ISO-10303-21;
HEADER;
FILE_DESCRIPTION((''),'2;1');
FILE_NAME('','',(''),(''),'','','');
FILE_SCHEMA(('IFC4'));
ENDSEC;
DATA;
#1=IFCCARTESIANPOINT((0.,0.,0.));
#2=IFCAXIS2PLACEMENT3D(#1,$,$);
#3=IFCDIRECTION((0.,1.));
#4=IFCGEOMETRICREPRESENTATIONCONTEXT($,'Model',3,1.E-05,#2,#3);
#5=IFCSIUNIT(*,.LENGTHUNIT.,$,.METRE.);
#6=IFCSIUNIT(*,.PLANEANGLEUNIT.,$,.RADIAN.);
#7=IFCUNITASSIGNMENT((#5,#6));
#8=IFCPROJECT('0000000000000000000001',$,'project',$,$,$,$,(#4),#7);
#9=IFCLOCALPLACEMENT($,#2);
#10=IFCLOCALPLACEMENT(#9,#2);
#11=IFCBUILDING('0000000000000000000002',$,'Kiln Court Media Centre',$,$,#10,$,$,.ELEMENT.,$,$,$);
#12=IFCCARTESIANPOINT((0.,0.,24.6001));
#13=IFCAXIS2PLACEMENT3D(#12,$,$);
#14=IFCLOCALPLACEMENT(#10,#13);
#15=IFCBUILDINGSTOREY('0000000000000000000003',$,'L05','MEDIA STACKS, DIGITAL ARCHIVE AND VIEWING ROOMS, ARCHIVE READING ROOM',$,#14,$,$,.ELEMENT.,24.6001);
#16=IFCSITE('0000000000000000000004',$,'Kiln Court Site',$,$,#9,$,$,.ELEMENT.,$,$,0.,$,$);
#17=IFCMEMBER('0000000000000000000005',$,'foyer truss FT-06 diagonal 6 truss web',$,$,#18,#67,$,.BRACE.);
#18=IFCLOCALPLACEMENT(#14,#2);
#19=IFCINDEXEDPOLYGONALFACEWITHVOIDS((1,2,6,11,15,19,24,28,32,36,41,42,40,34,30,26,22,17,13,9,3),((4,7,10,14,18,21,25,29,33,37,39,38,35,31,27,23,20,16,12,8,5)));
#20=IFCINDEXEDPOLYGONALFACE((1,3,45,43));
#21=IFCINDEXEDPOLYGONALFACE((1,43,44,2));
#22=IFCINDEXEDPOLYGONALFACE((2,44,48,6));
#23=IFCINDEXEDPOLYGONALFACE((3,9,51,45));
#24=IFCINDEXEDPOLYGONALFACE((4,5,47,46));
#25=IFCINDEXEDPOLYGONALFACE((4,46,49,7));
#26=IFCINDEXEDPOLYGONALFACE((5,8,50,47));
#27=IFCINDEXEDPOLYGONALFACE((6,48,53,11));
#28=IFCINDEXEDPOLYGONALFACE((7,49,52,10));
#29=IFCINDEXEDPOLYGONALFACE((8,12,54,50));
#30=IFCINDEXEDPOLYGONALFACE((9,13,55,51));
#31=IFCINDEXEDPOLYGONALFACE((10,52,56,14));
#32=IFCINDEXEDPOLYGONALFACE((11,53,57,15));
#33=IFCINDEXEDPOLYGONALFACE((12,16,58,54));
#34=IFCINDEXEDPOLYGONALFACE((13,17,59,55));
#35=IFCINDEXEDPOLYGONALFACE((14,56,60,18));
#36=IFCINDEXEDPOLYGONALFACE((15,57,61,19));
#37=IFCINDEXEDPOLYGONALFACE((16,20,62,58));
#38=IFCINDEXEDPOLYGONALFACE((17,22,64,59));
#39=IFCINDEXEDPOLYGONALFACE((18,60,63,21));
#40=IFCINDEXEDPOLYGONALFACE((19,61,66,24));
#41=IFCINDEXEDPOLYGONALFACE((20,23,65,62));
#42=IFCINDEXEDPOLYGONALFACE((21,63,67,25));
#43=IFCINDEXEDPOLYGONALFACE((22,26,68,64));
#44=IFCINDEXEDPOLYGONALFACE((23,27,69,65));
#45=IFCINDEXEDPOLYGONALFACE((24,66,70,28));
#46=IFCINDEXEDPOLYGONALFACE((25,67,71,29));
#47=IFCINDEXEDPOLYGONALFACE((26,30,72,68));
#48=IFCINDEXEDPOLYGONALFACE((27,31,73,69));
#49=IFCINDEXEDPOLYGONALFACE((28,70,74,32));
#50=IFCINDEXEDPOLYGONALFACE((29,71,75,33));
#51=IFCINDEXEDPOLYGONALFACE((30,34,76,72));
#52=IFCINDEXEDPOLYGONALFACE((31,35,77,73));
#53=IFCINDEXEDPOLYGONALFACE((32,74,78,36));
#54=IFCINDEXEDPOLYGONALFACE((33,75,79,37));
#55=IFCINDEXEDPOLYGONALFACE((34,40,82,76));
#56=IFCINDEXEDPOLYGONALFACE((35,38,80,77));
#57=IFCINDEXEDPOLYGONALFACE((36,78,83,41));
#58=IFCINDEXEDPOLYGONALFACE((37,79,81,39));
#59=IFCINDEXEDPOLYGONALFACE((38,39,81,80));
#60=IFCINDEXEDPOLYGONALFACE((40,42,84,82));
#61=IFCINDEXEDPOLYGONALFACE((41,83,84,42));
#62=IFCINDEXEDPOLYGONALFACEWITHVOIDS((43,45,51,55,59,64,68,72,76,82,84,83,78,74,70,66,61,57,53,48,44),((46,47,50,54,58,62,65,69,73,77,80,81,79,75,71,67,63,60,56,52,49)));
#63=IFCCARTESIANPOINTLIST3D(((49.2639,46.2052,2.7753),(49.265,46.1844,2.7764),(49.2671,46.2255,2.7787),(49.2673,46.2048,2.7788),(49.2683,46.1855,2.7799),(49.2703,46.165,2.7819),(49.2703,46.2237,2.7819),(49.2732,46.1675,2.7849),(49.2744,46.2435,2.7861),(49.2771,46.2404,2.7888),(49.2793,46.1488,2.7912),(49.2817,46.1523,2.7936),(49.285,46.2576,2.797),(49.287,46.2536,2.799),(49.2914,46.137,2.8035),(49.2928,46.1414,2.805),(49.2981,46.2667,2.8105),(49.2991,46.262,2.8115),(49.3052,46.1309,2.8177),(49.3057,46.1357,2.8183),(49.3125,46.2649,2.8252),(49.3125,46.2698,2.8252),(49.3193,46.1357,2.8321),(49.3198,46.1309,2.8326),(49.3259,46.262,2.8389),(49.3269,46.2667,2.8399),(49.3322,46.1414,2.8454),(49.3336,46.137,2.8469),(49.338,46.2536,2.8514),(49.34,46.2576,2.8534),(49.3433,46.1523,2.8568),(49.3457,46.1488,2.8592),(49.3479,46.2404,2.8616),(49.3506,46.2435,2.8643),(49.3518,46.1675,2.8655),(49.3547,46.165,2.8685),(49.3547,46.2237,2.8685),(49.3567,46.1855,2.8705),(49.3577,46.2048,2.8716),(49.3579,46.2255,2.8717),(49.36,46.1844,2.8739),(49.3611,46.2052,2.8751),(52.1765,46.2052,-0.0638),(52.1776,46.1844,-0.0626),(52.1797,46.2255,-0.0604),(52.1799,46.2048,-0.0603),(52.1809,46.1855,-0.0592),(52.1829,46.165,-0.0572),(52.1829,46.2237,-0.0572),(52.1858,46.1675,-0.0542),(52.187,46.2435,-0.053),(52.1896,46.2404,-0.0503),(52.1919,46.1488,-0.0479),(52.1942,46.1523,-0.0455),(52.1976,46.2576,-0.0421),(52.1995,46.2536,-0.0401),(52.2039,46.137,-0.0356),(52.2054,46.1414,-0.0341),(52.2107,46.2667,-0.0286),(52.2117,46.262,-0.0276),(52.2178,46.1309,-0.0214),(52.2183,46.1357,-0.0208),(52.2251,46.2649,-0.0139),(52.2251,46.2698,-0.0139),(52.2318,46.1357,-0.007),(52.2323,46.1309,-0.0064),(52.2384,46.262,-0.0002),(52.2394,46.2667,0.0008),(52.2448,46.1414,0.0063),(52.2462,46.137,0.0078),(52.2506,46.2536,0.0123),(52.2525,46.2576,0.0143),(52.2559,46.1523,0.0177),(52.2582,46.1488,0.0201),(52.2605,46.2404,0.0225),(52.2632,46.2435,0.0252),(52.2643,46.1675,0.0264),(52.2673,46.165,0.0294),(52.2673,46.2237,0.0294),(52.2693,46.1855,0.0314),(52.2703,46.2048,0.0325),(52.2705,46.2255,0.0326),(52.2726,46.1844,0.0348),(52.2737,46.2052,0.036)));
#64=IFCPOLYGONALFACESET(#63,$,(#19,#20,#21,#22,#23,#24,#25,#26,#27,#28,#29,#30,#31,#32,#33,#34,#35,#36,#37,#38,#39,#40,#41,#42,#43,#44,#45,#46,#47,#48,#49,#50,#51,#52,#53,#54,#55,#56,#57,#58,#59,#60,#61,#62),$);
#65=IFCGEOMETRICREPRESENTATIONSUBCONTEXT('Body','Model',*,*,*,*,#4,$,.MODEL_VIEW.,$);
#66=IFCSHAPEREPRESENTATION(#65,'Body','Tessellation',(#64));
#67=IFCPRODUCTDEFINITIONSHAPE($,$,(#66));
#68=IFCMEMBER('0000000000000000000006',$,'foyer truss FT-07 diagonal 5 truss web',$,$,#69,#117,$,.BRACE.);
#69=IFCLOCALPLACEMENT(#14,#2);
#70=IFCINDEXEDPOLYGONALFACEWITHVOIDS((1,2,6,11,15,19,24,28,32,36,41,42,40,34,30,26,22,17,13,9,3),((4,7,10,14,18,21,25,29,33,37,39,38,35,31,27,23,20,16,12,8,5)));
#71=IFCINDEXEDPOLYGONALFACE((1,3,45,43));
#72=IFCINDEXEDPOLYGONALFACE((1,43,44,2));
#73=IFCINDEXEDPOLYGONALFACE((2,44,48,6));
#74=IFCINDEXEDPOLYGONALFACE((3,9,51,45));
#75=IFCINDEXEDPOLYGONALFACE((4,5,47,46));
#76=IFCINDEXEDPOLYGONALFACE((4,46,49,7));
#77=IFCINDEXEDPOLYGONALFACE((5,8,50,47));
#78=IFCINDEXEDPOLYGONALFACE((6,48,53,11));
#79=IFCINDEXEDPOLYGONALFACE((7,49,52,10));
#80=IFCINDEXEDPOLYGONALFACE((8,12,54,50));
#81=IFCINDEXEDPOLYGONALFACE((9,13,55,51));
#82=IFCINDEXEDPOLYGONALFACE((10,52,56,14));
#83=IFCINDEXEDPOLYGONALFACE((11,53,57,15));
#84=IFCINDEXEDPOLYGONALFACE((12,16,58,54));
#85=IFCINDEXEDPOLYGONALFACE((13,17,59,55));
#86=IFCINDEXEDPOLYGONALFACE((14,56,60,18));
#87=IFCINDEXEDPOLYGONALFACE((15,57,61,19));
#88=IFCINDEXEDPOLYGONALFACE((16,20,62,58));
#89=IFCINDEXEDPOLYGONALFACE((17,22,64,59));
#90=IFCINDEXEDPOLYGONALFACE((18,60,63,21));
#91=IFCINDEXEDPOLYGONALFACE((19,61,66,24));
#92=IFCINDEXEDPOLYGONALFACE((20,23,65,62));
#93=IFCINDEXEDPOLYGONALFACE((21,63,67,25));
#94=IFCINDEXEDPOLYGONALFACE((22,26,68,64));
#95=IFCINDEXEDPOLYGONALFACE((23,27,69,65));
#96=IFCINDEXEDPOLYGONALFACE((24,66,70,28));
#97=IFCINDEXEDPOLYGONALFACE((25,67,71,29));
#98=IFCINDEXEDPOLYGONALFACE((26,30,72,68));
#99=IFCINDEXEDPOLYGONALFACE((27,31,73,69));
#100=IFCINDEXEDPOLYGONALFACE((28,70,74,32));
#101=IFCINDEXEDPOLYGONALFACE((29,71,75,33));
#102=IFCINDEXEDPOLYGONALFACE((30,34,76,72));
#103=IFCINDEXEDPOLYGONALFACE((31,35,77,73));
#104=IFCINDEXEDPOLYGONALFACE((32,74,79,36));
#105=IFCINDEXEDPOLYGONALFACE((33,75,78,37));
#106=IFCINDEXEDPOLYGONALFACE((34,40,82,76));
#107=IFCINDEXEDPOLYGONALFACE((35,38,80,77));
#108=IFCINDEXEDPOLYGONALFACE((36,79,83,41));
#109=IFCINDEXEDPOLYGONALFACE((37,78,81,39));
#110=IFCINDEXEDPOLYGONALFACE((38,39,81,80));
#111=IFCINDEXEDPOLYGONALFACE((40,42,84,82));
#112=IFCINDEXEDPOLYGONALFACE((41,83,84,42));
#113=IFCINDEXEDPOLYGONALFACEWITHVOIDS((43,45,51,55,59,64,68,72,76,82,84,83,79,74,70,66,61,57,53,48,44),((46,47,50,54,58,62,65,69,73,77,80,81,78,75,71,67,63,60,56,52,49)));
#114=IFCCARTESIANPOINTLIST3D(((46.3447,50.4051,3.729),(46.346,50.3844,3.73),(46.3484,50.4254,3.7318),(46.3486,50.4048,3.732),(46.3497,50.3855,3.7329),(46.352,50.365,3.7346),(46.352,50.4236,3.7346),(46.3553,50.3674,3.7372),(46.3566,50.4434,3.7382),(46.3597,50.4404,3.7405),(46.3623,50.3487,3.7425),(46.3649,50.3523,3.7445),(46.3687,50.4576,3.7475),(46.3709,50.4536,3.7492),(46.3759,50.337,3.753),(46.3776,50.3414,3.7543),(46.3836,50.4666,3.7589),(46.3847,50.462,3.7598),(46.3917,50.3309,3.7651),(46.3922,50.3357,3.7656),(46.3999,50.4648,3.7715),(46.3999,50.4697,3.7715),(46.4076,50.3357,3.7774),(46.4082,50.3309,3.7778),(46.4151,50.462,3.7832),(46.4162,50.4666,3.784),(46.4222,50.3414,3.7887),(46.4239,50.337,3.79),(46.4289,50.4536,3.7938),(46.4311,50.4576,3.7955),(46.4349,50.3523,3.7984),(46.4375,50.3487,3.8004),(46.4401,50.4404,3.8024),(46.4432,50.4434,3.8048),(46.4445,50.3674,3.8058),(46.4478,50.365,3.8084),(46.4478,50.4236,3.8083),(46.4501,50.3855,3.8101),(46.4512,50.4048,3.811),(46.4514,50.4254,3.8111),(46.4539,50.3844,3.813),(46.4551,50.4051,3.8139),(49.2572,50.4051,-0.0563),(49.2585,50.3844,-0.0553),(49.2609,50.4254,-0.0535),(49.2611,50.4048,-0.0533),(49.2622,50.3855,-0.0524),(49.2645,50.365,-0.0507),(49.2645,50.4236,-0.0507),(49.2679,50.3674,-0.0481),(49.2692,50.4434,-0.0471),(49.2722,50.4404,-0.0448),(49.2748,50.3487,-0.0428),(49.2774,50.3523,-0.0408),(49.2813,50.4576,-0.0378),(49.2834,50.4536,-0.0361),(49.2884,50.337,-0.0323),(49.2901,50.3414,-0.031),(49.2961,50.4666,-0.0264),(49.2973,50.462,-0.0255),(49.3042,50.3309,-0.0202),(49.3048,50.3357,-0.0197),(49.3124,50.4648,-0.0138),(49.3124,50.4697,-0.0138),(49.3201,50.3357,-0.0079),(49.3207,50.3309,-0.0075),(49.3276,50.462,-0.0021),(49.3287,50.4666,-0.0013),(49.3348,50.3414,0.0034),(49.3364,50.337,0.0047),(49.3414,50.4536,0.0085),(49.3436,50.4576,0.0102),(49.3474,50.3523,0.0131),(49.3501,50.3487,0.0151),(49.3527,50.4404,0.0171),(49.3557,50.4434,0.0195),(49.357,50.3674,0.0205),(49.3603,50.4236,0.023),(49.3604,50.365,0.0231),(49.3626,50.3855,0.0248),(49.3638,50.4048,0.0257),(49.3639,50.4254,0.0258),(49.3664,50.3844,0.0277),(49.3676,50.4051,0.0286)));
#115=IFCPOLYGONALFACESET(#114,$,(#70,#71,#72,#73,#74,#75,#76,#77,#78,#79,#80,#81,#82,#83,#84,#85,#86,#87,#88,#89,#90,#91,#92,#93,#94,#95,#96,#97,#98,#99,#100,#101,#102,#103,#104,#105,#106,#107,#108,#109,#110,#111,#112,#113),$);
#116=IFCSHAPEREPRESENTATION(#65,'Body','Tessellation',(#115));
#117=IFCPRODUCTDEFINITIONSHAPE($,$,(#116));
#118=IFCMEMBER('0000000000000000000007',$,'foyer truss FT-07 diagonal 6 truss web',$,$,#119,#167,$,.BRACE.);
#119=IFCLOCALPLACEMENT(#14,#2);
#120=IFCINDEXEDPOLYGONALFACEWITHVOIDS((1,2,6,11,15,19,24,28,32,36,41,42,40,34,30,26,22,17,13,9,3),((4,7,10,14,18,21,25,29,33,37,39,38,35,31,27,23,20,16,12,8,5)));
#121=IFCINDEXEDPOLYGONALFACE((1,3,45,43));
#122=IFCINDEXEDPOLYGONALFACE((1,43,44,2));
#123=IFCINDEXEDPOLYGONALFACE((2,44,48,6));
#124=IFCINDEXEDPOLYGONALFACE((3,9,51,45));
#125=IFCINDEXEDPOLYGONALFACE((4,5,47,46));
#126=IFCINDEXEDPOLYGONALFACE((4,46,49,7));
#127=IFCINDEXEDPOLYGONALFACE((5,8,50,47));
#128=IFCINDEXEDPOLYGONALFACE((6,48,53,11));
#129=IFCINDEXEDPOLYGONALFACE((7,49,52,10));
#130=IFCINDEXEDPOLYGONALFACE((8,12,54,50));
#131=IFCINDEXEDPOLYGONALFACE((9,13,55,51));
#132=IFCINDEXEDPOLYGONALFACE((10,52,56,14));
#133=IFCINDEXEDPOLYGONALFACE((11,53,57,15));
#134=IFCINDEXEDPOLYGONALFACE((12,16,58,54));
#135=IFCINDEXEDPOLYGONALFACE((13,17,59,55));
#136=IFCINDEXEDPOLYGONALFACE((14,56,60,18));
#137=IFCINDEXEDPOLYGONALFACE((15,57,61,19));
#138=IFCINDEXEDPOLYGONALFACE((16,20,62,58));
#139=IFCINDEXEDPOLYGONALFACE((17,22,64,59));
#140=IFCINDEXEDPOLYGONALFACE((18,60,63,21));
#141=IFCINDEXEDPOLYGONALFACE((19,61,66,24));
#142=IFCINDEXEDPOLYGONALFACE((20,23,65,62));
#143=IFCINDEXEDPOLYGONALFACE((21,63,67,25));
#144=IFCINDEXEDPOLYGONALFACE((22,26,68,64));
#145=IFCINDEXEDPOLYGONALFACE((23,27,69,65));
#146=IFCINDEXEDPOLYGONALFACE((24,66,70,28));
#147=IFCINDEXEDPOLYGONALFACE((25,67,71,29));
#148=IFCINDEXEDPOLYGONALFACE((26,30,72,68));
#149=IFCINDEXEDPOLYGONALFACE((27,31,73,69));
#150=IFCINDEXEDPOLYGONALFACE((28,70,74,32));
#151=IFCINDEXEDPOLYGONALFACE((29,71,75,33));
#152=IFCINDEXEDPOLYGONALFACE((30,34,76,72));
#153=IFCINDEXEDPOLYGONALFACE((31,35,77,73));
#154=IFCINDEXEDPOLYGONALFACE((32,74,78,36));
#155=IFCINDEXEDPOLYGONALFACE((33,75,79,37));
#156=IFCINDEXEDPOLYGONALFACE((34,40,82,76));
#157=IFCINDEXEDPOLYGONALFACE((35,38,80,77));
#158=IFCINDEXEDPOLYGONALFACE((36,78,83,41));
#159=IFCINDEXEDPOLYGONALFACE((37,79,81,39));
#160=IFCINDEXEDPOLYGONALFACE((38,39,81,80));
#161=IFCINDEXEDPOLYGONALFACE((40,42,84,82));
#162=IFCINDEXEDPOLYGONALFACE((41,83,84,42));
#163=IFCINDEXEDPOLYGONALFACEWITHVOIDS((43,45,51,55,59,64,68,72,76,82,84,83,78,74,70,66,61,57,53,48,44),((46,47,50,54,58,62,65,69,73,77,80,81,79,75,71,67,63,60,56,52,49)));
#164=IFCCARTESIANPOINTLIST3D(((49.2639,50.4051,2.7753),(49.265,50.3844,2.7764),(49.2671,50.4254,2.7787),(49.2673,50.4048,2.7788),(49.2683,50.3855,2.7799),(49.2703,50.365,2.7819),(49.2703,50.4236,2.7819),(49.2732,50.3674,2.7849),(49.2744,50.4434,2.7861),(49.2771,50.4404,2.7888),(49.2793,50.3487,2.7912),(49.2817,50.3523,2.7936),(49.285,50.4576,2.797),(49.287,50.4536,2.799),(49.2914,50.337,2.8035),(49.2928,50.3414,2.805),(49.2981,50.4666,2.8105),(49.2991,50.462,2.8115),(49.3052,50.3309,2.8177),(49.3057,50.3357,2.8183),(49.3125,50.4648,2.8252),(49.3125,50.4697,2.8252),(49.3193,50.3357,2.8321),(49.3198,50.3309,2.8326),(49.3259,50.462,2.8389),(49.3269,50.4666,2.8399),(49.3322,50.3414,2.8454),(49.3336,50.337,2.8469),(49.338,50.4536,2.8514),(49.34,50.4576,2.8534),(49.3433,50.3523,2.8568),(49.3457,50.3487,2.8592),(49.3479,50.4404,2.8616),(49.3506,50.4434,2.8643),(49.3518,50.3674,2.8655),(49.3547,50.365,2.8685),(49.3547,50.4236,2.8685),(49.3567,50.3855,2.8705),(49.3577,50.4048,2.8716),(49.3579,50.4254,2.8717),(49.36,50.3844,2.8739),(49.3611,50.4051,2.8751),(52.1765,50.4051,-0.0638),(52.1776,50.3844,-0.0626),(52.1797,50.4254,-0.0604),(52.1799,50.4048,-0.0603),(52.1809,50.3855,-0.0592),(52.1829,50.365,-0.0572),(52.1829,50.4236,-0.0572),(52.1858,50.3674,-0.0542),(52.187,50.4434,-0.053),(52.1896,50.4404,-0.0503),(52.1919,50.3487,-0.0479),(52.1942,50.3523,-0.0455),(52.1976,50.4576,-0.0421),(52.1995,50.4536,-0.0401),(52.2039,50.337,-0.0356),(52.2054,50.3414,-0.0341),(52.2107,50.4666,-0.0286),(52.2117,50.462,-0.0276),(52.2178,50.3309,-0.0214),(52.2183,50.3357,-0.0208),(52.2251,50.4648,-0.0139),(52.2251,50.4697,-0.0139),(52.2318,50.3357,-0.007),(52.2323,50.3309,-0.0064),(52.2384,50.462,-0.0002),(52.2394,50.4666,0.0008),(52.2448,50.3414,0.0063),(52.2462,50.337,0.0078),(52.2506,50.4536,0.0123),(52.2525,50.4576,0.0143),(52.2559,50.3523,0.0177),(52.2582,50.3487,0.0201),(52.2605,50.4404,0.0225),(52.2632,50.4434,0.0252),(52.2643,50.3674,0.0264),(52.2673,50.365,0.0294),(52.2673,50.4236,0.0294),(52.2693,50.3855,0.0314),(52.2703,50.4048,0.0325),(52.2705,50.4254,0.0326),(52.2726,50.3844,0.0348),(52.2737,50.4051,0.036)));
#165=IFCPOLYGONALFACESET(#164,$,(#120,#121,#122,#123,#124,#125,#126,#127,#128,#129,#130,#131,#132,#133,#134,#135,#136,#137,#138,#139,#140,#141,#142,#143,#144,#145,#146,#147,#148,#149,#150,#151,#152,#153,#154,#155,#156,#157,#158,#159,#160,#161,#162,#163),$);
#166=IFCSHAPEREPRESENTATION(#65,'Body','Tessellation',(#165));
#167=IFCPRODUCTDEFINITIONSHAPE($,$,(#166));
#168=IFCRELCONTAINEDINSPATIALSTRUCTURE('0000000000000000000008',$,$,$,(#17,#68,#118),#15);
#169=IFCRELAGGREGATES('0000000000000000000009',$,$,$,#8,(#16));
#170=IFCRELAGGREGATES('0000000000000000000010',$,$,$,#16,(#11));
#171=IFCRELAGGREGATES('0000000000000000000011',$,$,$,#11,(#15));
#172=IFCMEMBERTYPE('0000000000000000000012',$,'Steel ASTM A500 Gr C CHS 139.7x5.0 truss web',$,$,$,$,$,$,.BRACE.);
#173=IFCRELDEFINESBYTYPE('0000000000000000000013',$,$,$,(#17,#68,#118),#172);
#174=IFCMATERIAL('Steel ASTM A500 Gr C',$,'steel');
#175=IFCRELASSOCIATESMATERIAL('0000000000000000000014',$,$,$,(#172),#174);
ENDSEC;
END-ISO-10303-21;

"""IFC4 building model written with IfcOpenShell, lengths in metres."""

from ifc_helpers import new_model, si_unit, direction, frame, origin, origin_2d, place, context, subcontext, project, spatial, hollow_circle, extrude, material, material_profile, profile_set, type_object, element, save


model = new_model("IFC4")

# Units and contexts
model_context = context("Model", 3, precision=1e-05, world=origin(), true_north=direction((0.0, 1.0)))
body_context = subcontext(model_context, "Body", "Model", "MODEL_VIEW")
ifc_project = project(units=[si_unit("LENGTHUNIT", "METRE"), si_unit("PLANEANGLEUNIT", "RADIAN")], contexts=[model_context])

# Site, building, storey
site_placement = place(None, origin())
site = spatial("IfcSite", under=ifc_project, at=site_placement, Name="Kiln Court Site", CompositionType="ELEMENT", RefElevation=0.0)
building_placement = place(site_placement, origin())
building = spatial("IfcBuilding", under=site, at=building_placement, Name="Kiln Court Media Centre", CompositionType="ELEMENT")
storey_placement = place(building_placement, frame((0.0, 0.0, 24.6001)))
storey = spatial("IfcBuildingStorey", under=building, at=storey_placement, Name="L05", Description="MEDIA STACKS, DIGITAL ARCHIVE AND VIEWING ROOMS, ARCHIVE READING ROOM", CompositionType="ELEMENT", Elevation=24.6001)

# Members
ifc_material_1 = material(Name="Steel ASTM A500 Gr C", Category="steel")
ifc_material_profile_1 = material_profile(ifc_material_1, hollow_circle(Radius=0.0698, WallThickness=0.0049, at=origin_2d()), Name="CHS 139.7x5.0")
ifc_profile_set_1 = profile_set([ifc_material_profile_1], Name="Steel ASTM A500 Gr C")
member_type_1 = type_object("IfcMemberType", Name="Steel ASTM A500 Gr C CHS 139.7x5.0 truss web", PredefinedType="BRACE", material=ifc_profile_set_1)
member_1_placement = place(storey_placement, frame((49.3125, 46.2, 2.8252), z_axis=(0.716083, 0.0, -0.698016), x_axis=(0.0, 1.0, 0.0)))
element("IfcMember", 1, at=member_1_placement, inside=storey, type_object=member_type_1, Name="foyer truss FT-06 diagonal 6 truss web", PredefinedType="BRACE", context=body_context, shape_type="SweptSolid", body=[
    extrude(hollow_circle(Radius=0.0698, WallThickness=0.0049, at=origin_2d()), origin(), (0.0, 0.0, 1.0), 4.0674),
])
member_2_placement = place(storey_placement, frame((46.3999, 50.3999, 3.7715), z_axis=(0.60981, 0.0, -0.792548), x_axis=(0.0, 1.0, 0.0)))
element("IfcMember", 2, at=member_2_placement, inside=storey, type_object=member_type_1, Name="foyer truss FT-07 diagonal 5 truss web", PredefinedType="BRACE", context=body_context, shape_type="SweptSolid", body=[
    extrude(hollow_circle(Radius=0.0698, WallThickness=0.0049, at=origin_2d()), origin(), (0.0, 0.0, 1.0), 4.7761),
])
member_3_placement = place(storey_placement, frame((49.3125, 50.3999, 2.8252), z_axis=(0.716083, 0.0, -0.698016), x_axis=(0.0, 1.0, 0.0)))
element("IfcMember", 3, at=member_3_placement, inside=storey, type_object=member_type_1, Name="foyer truss FT-07 diagonal 6 truss web", PredefinedType="BRACE", context=body_context, shape_type="SweptSolid", body=[
    extrude(hollow_circle(Radius=0.0698, WallThickness=0.0049, at=origin_2d()), origin(), (0.0, 0.0, 1.0), 4.0674),
])

save(model, "model.ifc")
